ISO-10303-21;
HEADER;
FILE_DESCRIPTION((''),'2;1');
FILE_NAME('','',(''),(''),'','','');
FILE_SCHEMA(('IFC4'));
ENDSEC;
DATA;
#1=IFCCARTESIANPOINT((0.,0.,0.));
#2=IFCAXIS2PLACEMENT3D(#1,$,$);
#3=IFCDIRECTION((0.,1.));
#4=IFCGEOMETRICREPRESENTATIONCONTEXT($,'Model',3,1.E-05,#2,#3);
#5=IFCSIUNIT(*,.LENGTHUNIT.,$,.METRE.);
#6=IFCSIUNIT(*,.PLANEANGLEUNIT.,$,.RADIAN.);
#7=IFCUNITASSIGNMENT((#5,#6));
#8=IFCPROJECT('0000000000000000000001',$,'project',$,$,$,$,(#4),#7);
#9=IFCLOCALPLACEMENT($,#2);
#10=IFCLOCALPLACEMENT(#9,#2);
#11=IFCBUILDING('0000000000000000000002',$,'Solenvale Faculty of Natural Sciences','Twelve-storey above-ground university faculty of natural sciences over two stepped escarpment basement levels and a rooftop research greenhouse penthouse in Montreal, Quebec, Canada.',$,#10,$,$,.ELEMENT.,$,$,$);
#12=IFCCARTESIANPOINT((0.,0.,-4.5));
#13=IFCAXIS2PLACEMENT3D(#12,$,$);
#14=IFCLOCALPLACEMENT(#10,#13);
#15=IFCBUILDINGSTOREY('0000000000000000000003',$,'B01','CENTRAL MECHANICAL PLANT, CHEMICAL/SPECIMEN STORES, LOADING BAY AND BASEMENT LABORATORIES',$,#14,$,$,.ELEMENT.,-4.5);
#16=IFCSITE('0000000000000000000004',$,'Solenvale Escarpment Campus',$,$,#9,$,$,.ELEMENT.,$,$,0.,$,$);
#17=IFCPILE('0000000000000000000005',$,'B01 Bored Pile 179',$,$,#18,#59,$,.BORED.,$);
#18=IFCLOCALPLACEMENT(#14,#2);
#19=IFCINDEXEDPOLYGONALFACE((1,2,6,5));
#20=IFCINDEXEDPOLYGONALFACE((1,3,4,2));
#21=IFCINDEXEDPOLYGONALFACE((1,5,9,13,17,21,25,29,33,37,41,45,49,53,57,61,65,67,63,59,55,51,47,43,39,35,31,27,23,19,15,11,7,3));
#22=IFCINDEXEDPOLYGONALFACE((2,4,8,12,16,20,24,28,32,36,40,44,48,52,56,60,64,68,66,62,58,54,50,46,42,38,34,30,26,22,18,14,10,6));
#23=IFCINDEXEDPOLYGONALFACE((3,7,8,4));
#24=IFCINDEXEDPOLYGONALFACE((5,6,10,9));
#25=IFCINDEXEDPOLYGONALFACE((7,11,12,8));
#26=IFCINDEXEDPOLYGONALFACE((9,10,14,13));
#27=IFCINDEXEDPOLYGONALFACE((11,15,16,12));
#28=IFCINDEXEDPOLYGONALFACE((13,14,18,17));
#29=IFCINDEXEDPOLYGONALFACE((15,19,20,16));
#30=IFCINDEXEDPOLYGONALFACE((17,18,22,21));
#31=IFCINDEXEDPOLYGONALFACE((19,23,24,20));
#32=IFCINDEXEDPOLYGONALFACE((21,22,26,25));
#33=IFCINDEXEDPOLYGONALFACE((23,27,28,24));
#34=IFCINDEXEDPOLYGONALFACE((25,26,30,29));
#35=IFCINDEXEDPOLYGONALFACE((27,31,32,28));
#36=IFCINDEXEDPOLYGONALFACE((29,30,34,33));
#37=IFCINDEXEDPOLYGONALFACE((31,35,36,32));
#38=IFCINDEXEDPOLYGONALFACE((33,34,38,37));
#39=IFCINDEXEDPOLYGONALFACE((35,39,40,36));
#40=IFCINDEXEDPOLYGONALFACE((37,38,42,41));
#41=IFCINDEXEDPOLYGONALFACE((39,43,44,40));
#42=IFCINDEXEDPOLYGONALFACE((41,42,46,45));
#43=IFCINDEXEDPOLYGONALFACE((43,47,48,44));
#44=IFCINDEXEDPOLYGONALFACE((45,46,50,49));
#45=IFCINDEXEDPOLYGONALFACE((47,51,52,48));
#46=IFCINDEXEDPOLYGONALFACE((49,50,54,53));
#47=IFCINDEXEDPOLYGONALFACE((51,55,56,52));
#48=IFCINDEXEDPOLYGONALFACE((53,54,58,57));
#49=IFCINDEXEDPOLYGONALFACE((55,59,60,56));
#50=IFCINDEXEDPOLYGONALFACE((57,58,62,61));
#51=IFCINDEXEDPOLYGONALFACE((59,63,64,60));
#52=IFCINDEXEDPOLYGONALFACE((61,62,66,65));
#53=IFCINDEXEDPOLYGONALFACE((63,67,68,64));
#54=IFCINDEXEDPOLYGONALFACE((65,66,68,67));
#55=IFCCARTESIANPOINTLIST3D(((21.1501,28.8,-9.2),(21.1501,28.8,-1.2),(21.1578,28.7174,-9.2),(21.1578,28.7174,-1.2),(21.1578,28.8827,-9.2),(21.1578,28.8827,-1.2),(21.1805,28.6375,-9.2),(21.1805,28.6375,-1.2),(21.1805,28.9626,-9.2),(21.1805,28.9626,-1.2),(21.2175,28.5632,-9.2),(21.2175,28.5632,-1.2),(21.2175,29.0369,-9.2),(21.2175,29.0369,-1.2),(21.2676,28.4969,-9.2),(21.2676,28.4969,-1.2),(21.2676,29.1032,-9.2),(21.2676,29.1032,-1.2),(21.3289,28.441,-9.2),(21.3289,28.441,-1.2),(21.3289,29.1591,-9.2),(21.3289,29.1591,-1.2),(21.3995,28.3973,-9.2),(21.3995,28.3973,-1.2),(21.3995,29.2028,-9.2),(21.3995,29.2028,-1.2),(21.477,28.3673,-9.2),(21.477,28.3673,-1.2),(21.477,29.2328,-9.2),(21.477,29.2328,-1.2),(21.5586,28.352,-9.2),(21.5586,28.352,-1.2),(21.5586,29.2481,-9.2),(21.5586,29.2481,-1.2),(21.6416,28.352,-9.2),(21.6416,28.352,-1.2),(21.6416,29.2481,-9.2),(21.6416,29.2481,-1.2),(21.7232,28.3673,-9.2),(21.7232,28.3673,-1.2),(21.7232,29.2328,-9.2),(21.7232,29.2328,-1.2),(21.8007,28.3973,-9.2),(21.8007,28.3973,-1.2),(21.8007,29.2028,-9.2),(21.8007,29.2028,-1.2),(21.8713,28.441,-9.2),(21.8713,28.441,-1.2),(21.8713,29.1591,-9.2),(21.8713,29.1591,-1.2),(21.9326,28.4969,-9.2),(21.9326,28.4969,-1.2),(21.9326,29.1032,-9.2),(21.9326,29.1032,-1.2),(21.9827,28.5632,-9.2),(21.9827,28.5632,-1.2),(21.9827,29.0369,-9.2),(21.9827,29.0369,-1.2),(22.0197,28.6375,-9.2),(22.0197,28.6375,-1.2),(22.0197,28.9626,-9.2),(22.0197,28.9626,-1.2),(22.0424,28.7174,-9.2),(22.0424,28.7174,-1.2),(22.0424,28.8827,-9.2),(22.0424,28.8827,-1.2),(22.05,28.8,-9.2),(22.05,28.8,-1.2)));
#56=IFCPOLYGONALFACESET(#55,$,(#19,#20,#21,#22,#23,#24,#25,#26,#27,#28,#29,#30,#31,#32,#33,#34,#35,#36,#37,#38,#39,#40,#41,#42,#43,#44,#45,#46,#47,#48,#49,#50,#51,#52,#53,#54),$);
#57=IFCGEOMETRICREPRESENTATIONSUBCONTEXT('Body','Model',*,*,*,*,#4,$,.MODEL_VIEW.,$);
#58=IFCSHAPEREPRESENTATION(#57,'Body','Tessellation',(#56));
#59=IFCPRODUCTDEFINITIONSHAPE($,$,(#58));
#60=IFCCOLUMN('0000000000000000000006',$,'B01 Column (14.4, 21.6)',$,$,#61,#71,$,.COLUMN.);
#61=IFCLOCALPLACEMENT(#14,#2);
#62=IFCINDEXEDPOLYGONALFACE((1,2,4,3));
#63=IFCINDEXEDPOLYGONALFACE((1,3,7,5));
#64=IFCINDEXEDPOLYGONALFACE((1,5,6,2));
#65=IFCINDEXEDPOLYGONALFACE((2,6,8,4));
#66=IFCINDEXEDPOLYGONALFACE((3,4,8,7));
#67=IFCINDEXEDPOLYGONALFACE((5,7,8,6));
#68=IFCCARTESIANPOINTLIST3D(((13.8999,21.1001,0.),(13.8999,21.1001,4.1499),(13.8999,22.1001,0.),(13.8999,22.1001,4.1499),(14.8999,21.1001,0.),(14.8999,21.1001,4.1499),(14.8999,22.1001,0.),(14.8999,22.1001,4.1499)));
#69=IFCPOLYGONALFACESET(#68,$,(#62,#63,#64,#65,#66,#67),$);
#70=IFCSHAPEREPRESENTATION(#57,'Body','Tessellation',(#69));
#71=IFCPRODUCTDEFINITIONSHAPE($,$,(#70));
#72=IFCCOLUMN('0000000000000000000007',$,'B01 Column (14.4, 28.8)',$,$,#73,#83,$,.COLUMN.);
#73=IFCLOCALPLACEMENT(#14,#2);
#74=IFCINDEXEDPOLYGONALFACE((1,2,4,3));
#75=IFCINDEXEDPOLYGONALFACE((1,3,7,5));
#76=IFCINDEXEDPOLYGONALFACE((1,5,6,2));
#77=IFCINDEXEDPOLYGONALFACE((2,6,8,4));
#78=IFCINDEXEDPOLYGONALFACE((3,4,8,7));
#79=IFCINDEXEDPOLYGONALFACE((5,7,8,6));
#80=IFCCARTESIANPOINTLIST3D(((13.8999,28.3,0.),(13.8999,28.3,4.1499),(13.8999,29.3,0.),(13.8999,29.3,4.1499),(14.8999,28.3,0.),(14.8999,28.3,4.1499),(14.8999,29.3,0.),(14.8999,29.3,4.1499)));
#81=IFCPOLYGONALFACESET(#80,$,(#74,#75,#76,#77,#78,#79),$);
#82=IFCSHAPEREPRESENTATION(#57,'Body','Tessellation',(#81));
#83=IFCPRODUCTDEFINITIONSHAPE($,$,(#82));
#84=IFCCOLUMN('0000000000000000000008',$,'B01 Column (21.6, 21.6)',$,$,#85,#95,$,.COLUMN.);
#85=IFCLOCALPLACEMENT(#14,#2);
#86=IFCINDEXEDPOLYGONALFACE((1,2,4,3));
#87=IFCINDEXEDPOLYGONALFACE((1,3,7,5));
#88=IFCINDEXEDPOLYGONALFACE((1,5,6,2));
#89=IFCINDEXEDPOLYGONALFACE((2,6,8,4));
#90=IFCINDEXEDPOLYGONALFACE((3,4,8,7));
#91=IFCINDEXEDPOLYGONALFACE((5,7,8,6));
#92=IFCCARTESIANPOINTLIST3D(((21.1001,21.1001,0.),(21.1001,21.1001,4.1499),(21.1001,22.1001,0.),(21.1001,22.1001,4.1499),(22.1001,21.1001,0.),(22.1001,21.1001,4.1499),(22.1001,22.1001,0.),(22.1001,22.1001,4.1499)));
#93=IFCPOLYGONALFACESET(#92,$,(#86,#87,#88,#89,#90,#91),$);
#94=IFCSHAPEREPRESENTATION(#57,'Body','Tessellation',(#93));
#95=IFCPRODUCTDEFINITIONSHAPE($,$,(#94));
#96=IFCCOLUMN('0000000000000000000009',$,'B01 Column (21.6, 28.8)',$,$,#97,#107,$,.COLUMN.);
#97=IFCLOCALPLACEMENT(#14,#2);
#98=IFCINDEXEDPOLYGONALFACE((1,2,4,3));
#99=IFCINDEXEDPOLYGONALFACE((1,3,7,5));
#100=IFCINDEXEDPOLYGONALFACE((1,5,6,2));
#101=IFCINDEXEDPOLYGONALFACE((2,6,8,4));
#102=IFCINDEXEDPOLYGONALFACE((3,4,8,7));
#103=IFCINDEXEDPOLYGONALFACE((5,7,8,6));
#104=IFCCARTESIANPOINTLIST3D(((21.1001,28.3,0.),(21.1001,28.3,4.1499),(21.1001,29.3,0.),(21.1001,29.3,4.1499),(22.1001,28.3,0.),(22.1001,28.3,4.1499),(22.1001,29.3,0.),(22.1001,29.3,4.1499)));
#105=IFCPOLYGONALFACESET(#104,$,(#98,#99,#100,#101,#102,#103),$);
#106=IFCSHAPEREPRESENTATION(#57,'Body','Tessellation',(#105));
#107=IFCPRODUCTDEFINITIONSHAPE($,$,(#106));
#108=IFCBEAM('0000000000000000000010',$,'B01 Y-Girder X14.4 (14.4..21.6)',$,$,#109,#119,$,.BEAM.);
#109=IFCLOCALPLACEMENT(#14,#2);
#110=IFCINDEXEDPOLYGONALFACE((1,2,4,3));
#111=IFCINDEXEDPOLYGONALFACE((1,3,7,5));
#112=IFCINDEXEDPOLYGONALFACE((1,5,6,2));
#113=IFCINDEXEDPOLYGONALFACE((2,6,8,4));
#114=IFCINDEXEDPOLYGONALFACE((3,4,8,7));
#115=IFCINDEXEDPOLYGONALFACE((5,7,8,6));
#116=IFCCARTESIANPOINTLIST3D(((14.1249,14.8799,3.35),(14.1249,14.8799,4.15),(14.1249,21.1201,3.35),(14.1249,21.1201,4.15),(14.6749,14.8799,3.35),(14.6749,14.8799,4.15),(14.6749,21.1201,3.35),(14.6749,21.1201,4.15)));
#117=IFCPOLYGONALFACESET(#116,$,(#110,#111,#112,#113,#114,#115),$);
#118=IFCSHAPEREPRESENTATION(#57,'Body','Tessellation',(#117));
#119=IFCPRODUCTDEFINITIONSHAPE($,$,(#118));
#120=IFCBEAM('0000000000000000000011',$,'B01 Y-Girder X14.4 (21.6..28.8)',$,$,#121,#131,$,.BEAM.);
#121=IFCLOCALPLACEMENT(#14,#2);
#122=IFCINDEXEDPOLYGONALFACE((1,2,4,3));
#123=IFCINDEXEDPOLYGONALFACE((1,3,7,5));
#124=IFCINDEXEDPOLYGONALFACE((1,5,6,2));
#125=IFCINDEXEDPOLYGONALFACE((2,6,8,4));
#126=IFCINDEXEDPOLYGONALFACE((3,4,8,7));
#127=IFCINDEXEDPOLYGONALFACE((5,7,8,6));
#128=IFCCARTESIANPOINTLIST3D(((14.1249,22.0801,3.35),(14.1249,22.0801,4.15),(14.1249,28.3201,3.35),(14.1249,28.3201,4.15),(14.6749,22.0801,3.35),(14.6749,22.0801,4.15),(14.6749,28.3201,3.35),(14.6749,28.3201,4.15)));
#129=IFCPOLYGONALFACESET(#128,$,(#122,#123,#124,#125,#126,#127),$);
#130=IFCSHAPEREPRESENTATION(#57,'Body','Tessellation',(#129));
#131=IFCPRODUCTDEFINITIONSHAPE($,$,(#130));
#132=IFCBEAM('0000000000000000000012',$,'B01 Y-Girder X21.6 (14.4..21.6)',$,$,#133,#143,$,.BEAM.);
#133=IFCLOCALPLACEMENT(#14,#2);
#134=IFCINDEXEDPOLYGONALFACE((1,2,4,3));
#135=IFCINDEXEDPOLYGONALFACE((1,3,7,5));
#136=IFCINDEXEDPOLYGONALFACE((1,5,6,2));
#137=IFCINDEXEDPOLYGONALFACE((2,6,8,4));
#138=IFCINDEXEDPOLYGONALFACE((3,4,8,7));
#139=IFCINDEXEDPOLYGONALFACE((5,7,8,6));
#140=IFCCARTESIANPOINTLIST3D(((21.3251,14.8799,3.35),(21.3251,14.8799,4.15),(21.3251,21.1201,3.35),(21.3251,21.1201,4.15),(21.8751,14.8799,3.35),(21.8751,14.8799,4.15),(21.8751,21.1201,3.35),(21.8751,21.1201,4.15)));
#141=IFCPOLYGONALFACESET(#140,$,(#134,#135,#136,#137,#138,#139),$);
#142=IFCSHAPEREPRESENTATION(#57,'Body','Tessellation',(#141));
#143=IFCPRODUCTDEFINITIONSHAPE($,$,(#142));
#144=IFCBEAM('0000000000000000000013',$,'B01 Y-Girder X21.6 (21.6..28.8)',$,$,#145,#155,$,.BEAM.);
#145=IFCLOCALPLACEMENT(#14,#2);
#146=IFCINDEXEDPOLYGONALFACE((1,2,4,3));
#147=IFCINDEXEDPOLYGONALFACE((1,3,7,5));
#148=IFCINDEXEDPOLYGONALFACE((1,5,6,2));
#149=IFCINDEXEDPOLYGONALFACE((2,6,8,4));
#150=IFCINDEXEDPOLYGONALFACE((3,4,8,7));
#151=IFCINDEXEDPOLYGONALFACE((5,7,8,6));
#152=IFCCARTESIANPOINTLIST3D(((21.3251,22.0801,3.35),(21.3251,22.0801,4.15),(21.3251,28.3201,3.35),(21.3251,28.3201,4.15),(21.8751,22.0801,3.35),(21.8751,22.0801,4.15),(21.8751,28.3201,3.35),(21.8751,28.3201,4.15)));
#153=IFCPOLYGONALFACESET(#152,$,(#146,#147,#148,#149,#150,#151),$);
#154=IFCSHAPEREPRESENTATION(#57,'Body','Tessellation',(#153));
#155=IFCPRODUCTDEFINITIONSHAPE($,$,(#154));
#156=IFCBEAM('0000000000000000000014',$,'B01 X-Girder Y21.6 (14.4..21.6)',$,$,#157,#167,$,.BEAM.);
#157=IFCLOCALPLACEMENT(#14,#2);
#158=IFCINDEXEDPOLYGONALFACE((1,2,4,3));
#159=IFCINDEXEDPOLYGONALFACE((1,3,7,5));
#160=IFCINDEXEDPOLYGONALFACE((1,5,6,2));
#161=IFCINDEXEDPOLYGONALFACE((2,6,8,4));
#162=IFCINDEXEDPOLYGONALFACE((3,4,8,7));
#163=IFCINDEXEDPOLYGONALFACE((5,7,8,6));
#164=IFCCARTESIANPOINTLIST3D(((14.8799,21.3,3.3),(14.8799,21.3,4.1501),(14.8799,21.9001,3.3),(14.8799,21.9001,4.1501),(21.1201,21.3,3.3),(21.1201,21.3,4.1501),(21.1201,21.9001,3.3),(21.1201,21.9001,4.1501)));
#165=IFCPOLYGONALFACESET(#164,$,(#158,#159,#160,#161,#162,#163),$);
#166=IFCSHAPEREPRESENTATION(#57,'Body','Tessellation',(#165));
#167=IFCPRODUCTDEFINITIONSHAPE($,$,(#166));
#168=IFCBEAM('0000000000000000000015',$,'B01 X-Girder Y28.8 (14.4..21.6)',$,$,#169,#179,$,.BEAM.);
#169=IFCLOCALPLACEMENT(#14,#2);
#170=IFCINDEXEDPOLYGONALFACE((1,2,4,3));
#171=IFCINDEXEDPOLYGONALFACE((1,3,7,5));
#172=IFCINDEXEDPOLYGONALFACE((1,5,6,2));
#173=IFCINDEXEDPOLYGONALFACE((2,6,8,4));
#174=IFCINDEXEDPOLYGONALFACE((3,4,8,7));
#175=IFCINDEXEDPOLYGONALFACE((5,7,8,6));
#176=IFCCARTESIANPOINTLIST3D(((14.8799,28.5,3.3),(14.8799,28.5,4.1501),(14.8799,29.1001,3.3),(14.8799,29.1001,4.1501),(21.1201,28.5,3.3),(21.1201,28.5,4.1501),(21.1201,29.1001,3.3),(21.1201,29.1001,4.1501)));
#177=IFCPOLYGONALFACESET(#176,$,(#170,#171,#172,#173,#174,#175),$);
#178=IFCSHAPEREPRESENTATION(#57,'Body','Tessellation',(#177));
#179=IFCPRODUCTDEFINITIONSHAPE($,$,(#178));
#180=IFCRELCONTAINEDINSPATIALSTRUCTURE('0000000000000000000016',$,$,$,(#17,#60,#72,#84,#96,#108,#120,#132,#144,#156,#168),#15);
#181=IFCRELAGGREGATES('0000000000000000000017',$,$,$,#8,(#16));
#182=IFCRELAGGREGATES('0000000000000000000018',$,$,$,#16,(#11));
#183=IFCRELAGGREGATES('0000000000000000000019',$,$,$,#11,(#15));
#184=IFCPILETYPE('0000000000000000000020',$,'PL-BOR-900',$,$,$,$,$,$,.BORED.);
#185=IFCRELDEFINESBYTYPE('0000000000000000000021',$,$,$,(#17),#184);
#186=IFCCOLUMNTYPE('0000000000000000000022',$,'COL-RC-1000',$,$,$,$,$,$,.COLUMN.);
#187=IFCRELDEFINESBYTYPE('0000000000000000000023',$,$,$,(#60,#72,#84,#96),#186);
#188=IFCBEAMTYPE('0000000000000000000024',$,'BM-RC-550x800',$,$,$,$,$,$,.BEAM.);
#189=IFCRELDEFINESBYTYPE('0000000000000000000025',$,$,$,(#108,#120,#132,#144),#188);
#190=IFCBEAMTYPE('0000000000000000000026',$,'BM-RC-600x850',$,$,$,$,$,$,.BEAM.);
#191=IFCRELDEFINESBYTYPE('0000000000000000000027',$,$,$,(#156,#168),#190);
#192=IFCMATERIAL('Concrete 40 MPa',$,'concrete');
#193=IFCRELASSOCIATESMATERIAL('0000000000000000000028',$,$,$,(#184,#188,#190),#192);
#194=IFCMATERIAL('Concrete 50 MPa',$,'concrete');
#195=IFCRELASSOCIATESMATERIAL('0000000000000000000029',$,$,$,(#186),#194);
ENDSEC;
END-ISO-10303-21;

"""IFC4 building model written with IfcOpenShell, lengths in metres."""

from ifc_helpers import new_model, si_unit, direction, frame, origin, origin_2d, place, context, subcontext, project, spatial, rectangle, circle, extrude, material, material_profile, profile_set, type_object, element, save


model = new_model("IFC4")

# Units and contexts
model_context = context("Model", 3, precision=1e-05, world=origin(), true_north=direction((0.0, 1.0)))
body_context = subcontext(model_context, "Body", "Model", "MODEL_VIEW")
ifc_project = project(units=[si_unit("LENGTHUNIT", "METRE"), si_unit("PLANEANGLEUNIT", "RADIAN")], contexts=[model_context])

# Site, building, storey
site_placement = place(None, origin())
site = spatial("IfcSite", under=ifc_project, at=site_placement, Name="Solenvale Escarpment Campus", CompositionType="ELEMENT", RefElevation=0.0)
building_placement = place(site_placement, origin())
building = spatial("IfcBuilding", under=site, at=building_placement, Name="Solenvale Faculty of Natural Sciences", Description="Twelve-storey above-ground university faculty of natural sciences over two stepped escarpment basement levels and a rooftop research greenhouse penthouse in Montreal, Quebec, Canada.", CompositionType="ELEMENT")
storey_placement = place(building_placement, frame((0.0, 0.0, -4.5)))
storey = spatial("IfcBuildingStorey", under=building, at=storey_placement, Name="B01", Description="CENTRAL MECHANICAL PLANT, CHEMICAL/SPECIMEN STORES, LOADING BAY AND BASEMENT LABORATORIES", CompositionType="ELEMENT", Elevation=-4.5)

# Shared definitions
ifc_material_1 = material(Name="Concrete 40 MPa", Category="concrete")

# Pile
ifc_material_profile_1 = material_profile(ifc_material_1, circle(Radius=0.45, at=origin_2d()), Name="PILE-D900")
ifc_profile_set_1 = profile_set([ifc_material_profile_1], Name="Concrete 40 MPa")
pile_type = type_object("IfcPileType", Name="PL-BOR-900", PredefinedType="BORED", material=ifc_profile_set_1)
for number, where, z_axis, x_axis, name in (
    (1, (21.6001, 28.8, -1.2), (0.0, 0.0, -1.0), (1.0, 0.0, 0.0), "B01 Bored Pile 179"),
):
    element("IfcPile", number, at=place(storey_placement, frame(where, z_axis=z_axis, x_axis=x_axis)), inside=storey, type_object=pile_type, Name=name, PredefinedType="BORED", context=body_context, shape_type="SweptSolid", body=[
        extrude(circle(Radius=0.45, at=origin_2d()), origin(), (0.0, 0.0, 1.0), 8.0),
    ])

# Columns
ifc_material_2 = material(Name="Concrete 50 MPa", Category="concrete")
ifc_material_profile_2 = material_profile(ifc_material_2, rectangle(XDim=1.0, YDim=1.0, at=origin_2d()), Name="RC-COL-1000x1000")
ifc_profile_set_2 = profile_set([ifc_material_profile_2], Name="Concrete 50 MPa")
column_type = type_object("IfcColumnType", Name="COL-RC-1000", PredefinedType="COLUMN", material=ifc_profile_set_2)
for number, where, z_axis, x_axis, name in (
    (2, (14.3999, 21.6001, 0.0), (0.0, 0.0, 1.0), (1.0, 0.0, 0.0), "B01 Column (14.4, 21.6)"),
    (3, (14.3999, 28.8, 0.0), (0.0, 0.0, 1.0), (1.0, 0.0, 0.0), "B01 Column (14.4, 28.8)"),
    (4, (21.6001, 21.6001, 0.0), (0.0, 0.0, 1.0), (1.0, 0.0, 0.0), "B01 Column (21.6, 21.6)"),
    (5, (21.6001, 28.8, 0.0), (0.0, 0.0, 1.0), (1.0, 0.0, 0.0), "B01 Column (21.6, 28.8)"),
):
    element("IfcColumn", number, at=place(storey_placement, frame(where, z_axis=z_axis, x_axis=x_axis)), inside=storey, type_object=column_type, Name=name, PredefinedType="COLUMN", context=body_context, shape_type="SweptSolid", body=[
        extrude(rectangle(XDim=1.0, YDim=1.0, at=origin_2d()), origin(), (0.0, 0.0, 1.0), 4.1499),
    ])

# Beams
ifc_material_profile_3 = material_profile(ifc_material_1, rectangle(XDim=0.55, YDim=0.8, at=origin_2d()), Name="RC-BM-550x800")
ifc_profile_set_3 = profile_set([ifc_material_profile_3], Name="Concrete 40 MPa")
beam_type_1 = type_object("IfcBeamType", Name="BM-RC-550x800", PredefinedType="BEAM", material=ifc_profile_set_3)
beam_1_placement = place(storey_placement, frame((14.3999, 14.8799, 3.75), z_axis=(0.0, 1.0, 0.0), x_axis=(-1.0, 0.0, 0.0)))
element("IfcBeam", 6, at=beam_1_placement, inside=storey, type_object=beam_type_1, Name="B01 Y-Girder X14.4 (14.4..21.6)", PredefinedType="BEAM", context=body_context, shape_type="SweptSolid", body=[
    extrude(rectangle(XDim=0.55, YDim=0.8, at=origin_2d()), origin(), (0.0, 0.0, 1.0), 6.2402),
])
beam_2_placement = place(storey_placement, frame((14.3999, 22.0801, 3.75), z_axis=(0.0, 1.0, 0.0), x_axis=(-1.0, 0.0, 0.0)))
element("IfcBeam", 7, at=beam_2_placement, inside=storey, type_object=beam_type_1, Name="B01 Y-Girder X14.4 (21.6..28.8)", PredefinedType="BEAM", context=body_context, shape_type="SweptSolid", body=[
    extrude(rectangle(XDim=0.55, YDim=0.8, at=origin_2d()), origin(), (0.0, 0.0, 1.0), 6.24),
])
beam_3_placement = place(storey_placement, frame((21.6001, 14.8799, 3.75), z_axis=(0.0, 1.0, 0.0), x_axis=(-1.0, 0.0, 0.0)))
element("IfcBeam", 8, at=beam_3_placement, inside=storey, type_object=beam_type_1, Name="B01 Y-Girder X21.6 (14.4..21.6)", PredefinedType="BEAM", context=body_context, shape_type="SweptSolid", body=[
    extrude(rectangle(XDim=0.55, YDim=0.8, at=origin_2d()), origin(), (0.0, 0.0, 1.0), 6.2402),
])
beam_4_placement = place(storey_placement, frame((21.6001, 22.0801, 3.75), z_axis=(0.0, 1.0, 0.0), x_axis=(-1.0, 0.0, 0.0)))
element("IfcBeam", 9, at=beam_4_placement, inside=storey, type_object=beam_type_1, Name="B01 Y-Girder X21.6 (21.6..28.8)", PredefinedType="BEAM", context=body_context, shape_type="SweptSolid", body=[
    extrude(rectangle(XDim=0.55, YDim=0.8, at=origin_2d()), origin(), (0.0, 0.0, 1.0), 6.24),
])
ifc_material_profile_4 = material_profile(ifc_material_1, rectangle(XDim=0.6001, YDim=0.8501, at=origin_2d()), Name="RC-BM-600x850")
ifc_profile_set_4 = profile_set([ifc_material_profile_4], Name="Concrete 40 MPa")
beam_type_2 = type_object("IfcBeamType", Name="BM-RC-600x850", PredefinedType="BEAM", material=ifc_profile_set_4)
for number, where, z_axis, x_axis, name in (
    (10, (14.8799, 21.6001, 3.7251), (1.0, 0.0, 0.0), (0.0, 1.0, 0.0), "B01 X-Girder Y21.6 (14.4..21.6)"),
    (11, (14.8799, 28.8, 3.7251), (1.0, 0.0, 0.0), (0.0, 1.0, 0.0), "B01 X-Girder Y28.8 (14.4..21.6)"),
):
    element("IfcBeam", number, at=place(storey_placement, frame(where, z_axis=z_axis, x_axis=x_axis)), inside=storey, type_object=beam_type_2, Name=name, PredefinedType="BEAM", context=body_context, shape_type="SweptSolid", body=[
        extrude(rectangle(XDim=0.6001, YDim=0.8501, at=origin_2d()), origin(), (0.0, 0.0, 1.0), 6.2402),
    ])

save(model, "model.ifc")
